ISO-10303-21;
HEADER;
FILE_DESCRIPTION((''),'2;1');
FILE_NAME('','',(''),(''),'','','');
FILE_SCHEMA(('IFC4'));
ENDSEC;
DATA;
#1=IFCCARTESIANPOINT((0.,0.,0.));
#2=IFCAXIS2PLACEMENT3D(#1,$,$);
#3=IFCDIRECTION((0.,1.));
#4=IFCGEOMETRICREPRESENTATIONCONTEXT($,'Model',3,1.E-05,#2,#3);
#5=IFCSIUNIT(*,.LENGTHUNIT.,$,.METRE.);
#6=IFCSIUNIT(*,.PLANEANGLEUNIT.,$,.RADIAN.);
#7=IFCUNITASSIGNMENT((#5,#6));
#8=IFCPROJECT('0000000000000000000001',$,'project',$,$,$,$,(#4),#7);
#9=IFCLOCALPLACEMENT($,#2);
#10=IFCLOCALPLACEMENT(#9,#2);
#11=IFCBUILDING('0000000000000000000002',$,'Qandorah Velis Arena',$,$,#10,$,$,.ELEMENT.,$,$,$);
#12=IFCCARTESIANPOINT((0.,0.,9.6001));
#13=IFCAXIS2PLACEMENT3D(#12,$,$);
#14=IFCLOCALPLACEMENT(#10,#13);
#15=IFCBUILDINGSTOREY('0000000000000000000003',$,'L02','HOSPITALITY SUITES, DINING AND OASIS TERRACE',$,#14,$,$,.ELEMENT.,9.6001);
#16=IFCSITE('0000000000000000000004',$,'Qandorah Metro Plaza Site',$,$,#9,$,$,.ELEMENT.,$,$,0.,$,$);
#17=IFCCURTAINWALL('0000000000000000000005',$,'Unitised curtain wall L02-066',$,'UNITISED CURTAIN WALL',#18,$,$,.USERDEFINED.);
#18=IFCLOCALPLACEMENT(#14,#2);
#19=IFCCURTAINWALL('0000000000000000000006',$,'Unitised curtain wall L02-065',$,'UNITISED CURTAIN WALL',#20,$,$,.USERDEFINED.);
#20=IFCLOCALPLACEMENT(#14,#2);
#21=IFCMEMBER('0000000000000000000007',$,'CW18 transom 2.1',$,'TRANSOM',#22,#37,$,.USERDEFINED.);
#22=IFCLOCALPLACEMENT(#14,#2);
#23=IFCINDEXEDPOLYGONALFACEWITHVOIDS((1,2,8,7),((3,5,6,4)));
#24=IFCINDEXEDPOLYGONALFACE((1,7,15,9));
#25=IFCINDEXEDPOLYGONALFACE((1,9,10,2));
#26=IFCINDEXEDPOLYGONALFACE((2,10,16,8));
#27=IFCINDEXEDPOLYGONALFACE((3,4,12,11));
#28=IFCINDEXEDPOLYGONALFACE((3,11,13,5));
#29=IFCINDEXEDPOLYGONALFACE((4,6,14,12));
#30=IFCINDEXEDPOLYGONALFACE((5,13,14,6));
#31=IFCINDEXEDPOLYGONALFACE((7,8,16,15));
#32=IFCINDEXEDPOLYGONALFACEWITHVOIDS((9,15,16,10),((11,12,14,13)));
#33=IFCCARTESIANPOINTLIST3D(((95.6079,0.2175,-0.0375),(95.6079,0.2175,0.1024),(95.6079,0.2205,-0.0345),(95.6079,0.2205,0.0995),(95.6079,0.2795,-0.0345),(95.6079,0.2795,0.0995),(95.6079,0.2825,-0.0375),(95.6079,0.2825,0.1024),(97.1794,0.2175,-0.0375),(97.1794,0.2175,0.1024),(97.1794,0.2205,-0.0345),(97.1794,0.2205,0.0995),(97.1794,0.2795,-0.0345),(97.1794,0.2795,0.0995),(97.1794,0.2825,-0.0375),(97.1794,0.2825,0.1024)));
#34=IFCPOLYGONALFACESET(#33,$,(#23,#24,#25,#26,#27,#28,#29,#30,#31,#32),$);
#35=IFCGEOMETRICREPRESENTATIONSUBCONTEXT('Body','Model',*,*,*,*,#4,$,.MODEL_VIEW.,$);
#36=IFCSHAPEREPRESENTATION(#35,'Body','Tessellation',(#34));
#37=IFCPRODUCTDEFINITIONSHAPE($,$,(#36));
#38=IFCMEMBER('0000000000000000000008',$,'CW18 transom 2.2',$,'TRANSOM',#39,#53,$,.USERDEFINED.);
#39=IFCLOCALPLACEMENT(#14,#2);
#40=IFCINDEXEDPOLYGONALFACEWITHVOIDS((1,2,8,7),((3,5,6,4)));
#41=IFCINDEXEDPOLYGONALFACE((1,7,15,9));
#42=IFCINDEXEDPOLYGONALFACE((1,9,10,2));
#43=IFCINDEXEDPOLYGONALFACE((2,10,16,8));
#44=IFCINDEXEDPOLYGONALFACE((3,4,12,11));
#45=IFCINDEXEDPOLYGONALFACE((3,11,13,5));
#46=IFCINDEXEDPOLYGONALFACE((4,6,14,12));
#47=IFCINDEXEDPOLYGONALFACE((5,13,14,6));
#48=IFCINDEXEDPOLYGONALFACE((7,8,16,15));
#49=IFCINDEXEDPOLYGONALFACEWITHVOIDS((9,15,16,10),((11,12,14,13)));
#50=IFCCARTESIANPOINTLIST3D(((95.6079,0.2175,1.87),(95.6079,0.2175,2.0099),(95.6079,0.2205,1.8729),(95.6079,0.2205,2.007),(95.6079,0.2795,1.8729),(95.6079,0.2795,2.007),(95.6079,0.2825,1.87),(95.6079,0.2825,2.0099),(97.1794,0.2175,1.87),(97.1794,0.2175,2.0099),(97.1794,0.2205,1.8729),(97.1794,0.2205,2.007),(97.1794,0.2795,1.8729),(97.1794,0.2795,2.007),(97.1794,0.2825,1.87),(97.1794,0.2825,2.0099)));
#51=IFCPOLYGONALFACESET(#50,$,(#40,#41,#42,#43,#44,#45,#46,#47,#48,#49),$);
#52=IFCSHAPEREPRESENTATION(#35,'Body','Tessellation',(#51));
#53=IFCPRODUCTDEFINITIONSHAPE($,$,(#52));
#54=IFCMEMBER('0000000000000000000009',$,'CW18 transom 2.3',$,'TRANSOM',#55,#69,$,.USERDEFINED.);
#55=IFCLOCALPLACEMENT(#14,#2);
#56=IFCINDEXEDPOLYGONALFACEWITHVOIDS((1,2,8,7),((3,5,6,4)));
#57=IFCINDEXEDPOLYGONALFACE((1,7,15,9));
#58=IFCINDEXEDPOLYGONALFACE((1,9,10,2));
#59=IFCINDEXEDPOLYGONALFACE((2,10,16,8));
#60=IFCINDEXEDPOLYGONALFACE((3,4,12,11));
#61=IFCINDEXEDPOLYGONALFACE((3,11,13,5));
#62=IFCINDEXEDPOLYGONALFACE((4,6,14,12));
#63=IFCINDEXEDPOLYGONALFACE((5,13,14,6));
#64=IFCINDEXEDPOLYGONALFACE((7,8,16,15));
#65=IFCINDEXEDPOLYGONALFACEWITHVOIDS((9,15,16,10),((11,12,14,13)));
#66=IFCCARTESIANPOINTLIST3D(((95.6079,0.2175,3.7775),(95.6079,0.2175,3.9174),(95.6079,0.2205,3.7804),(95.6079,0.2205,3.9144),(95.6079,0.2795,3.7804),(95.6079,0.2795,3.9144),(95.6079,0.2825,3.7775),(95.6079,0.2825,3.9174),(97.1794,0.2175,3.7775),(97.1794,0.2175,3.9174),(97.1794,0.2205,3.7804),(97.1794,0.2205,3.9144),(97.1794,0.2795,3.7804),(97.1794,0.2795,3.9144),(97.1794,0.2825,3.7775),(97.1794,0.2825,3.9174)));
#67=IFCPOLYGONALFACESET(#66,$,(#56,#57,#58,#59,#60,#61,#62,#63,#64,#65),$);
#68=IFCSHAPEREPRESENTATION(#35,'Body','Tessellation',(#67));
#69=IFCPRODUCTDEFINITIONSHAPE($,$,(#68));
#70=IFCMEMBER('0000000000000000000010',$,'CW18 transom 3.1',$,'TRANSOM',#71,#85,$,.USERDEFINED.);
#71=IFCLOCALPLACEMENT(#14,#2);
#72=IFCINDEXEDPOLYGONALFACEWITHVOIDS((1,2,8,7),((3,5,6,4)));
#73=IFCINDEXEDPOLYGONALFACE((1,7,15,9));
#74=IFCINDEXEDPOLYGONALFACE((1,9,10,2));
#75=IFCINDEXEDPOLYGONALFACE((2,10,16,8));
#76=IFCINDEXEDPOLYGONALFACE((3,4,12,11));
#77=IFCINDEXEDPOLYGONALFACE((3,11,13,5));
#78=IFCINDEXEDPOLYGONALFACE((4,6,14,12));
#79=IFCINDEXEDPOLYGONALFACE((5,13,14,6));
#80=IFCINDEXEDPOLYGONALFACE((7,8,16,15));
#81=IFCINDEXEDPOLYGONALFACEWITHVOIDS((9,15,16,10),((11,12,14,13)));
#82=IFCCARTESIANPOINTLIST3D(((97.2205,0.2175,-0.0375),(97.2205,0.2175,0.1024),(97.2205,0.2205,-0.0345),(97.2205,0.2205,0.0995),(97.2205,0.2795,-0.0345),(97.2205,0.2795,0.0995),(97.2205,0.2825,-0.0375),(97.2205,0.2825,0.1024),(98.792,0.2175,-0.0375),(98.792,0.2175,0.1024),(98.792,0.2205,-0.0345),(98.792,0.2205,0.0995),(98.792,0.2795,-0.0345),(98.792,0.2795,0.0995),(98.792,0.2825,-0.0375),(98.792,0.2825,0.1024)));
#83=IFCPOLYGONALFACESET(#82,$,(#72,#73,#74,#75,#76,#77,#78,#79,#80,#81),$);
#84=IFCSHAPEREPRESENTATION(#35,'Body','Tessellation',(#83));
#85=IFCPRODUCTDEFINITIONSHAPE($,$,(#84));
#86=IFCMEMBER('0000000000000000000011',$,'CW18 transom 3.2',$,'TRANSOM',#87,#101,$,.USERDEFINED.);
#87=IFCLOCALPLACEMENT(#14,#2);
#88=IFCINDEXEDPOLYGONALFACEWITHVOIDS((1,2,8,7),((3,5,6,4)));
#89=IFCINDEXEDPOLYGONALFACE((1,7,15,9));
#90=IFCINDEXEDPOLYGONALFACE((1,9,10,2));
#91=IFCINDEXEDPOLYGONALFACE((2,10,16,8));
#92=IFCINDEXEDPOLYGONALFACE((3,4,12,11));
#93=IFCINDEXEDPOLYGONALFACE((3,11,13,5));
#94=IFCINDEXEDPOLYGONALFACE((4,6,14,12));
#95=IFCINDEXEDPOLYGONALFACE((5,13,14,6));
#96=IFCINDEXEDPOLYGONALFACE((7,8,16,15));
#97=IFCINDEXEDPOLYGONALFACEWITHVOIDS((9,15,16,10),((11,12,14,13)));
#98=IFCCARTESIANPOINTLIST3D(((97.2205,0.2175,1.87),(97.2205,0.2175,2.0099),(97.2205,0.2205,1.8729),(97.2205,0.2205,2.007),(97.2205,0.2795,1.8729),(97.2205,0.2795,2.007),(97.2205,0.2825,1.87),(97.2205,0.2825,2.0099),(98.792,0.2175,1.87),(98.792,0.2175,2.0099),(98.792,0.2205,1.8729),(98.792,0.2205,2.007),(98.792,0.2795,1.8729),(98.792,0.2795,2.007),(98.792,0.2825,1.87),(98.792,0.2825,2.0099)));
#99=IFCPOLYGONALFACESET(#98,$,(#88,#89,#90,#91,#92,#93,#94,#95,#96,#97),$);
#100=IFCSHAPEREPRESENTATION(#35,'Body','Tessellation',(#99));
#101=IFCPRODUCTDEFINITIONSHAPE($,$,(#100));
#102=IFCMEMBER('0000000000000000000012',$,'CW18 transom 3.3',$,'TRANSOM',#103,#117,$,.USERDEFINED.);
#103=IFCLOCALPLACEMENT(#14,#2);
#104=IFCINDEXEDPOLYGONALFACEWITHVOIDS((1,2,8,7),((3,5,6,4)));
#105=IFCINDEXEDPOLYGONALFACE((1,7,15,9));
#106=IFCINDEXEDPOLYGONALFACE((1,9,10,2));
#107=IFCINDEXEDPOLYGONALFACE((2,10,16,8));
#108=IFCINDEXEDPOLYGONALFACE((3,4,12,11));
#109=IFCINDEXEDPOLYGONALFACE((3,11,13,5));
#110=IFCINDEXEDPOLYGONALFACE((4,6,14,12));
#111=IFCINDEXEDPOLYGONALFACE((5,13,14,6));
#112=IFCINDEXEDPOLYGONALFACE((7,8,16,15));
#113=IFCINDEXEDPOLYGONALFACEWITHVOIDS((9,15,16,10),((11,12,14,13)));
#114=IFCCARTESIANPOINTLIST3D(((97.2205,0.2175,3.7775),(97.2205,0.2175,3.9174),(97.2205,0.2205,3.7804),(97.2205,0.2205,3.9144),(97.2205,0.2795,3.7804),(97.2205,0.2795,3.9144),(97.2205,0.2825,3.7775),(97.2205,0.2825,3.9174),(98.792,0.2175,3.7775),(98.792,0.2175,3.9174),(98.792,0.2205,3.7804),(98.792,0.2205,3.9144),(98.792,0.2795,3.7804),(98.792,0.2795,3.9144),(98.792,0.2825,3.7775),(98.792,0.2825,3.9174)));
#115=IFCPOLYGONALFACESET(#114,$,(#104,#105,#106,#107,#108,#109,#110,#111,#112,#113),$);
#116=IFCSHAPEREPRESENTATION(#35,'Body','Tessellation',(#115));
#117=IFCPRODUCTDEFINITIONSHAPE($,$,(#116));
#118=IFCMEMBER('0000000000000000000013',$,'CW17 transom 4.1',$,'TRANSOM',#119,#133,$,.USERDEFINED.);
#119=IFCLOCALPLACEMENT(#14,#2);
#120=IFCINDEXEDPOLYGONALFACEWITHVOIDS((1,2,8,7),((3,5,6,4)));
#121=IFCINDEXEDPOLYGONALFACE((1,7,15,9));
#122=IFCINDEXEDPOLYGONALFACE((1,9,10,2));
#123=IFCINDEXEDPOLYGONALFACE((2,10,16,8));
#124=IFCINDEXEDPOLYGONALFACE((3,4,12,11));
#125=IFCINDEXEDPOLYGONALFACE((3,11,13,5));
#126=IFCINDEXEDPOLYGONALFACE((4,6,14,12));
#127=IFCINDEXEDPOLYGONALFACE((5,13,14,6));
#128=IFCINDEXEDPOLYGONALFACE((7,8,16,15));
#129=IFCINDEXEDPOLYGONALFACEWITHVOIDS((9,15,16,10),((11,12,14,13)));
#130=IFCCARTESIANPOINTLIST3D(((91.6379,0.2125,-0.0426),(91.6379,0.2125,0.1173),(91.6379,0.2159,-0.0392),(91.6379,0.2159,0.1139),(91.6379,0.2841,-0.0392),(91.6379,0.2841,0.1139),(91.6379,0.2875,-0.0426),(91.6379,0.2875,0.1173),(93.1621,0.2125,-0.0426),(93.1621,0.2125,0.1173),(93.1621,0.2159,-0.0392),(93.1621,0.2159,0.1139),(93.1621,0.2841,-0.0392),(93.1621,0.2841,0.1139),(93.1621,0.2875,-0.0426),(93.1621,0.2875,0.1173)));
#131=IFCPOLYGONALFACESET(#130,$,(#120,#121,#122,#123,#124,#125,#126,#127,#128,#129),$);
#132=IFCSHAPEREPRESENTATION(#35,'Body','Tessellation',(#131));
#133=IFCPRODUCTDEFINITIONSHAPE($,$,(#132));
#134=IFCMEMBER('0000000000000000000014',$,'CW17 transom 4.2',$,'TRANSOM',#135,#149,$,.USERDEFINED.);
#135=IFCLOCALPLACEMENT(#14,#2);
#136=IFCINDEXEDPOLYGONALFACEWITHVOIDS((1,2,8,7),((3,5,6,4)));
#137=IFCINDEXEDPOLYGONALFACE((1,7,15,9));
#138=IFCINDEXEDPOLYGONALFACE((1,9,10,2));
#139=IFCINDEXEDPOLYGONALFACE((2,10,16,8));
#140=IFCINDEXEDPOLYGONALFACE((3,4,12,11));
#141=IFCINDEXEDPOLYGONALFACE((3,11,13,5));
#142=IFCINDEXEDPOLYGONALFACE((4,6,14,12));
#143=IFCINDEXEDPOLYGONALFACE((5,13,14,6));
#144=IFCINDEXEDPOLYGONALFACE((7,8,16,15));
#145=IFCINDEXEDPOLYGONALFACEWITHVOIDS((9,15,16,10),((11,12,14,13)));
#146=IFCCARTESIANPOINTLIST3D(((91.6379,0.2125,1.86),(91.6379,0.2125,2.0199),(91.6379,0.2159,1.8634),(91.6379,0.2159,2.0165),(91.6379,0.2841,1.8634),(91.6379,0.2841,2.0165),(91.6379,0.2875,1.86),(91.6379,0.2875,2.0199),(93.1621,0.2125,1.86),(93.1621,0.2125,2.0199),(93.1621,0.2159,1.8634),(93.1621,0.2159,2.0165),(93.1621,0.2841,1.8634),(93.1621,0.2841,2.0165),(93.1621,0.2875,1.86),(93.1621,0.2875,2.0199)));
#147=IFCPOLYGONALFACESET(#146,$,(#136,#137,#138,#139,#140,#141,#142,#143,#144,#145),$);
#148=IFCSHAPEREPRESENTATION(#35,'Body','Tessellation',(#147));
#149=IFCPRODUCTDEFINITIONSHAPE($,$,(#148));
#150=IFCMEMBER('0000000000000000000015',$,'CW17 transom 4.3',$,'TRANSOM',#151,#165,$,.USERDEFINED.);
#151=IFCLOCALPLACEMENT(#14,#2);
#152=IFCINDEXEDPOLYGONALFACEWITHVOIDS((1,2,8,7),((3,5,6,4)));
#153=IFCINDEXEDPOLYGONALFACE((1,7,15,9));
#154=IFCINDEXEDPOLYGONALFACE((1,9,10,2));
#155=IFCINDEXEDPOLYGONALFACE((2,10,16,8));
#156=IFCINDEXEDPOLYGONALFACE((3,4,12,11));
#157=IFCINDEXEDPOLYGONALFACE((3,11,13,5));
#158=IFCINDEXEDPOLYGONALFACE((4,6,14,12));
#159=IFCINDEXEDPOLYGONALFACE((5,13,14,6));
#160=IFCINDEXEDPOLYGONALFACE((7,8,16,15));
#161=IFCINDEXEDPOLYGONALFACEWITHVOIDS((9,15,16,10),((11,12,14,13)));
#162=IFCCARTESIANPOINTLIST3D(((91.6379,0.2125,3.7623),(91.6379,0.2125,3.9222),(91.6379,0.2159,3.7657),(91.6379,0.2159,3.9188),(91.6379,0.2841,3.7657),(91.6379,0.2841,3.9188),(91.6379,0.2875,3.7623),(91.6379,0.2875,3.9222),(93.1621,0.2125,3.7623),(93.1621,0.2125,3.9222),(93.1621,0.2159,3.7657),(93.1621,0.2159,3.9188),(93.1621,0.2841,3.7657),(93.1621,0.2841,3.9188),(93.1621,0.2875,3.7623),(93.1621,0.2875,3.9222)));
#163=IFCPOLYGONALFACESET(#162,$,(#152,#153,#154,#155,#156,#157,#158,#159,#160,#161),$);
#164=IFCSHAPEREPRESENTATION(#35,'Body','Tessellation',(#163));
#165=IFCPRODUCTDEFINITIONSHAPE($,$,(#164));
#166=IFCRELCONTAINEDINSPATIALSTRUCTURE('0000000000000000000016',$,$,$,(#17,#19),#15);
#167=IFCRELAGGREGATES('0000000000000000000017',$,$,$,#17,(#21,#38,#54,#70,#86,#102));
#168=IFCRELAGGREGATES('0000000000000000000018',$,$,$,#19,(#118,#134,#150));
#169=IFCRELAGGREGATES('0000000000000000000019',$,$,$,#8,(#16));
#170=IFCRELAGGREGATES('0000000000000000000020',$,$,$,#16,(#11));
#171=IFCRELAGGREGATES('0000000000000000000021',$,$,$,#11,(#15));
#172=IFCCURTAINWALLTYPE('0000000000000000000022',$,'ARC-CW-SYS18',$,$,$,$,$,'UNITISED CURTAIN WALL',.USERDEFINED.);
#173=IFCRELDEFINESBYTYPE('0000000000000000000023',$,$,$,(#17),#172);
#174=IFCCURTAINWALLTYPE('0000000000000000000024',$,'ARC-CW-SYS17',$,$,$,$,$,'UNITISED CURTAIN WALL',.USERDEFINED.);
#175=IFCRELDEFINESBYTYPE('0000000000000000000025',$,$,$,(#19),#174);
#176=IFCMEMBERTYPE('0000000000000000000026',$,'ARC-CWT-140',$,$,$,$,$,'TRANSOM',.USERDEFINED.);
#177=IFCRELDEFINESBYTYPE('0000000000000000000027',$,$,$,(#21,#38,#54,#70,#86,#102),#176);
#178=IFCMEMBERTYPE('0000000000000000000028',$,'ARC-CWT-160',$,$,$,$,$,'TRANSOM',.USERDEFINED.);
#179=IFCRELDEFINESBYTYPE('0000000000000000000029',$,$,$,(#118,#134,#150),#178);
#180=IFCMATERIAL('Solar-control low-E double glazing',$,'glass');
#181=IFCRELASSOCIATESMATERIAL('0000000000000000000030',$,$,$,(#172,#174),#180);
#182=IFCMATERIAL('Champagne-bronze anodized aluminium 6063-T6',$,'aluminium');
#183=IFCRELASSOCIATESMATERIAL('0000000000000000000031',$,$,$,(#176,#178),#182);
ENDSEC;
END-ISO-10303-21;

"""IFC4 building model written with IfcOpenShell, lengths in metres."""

from ifc_helpers import new_model, si_unit, direction, frame, origin, origin_2d, place, context, subcontext, project, spatial, hollow_rectangle, extrude, material, material_profile, profile_set, type_object, element, aggregate, save


model = new_model("IFC4")

# Units and contexts
model_context = context("Model", 3, precision=1e-05, world=origin(), true_north=direction((0.0, 1.0)))
body_context = subcontext(model_context, "Body", "Model", "MODEL_VIEW")
ifc_project = project(units=[si_unit("LENGTHUNIT", "METRE"), si_unit("PLANEANGLEUNIT", "RADIAN")], contexts=[model_context])

# Site, building, storey
site_placement = place(None, origin())
site = spatial("IfcSite", under=ifc_project, at=site_placement, Name="Qandorah Metro Plaza Site", CompositionType="ELEMENT", RefElevation=0.0)
building_placement = place(site_placement, origin())
building = spatial("IfcBuilding", under=site, at=building_placement, Name="Qandorah Velis Arena", CompositionType="ELEMENT")
storey_placement = place(building_placement, frame((0.0, 0.0, 9.6001)))
storey = spatial("IfcBuildingStorey", under=building, at=storey_placement, Name="L02", Description="HOSPITALITY SUITES, DINING AND OASIS TERRACE", CompositionType="ELEMENT", Elevation=9.6001)

# Curtain walls
ifc_material_1 = material(Name="Solar-control low-E double glazing", Category="glass")
curtain_wall_type_1 = type_object("IfcCurtainWallType", Name="ARC-CW-SYS18", ElementType="UNITISED CURTAIN WALL", PredefinedType="USERDEFINED", material=ifc_material_1)
curtain_wall_1_placement = place(storey_placement, origin())
curtain_wall_1 = element("IfcCurtainWall", 1, at=curtain_wall_1_placement, inside=storey, type_object=curtain_wall_type_1, Name="Unitised curtain wall L02-066", ObjectType="UNITISED CURTAIN WALL", PredefinedType="USERDEFINED")
ifc_material_2 = material(Name="Champagne-bronze anodized aluminium 6063-T6", Category="aluminium")
curtain_wall_type_2 = type_object("IfcCurtainWallType", Name="ARC-CW-SYS17", ElementType="UNITISED CURTAIN WALL", PredefinedType="USERDEFINED", material=ifc_material_1)
curtain_wall_2_placement = place(storey_placement, origin())
curtain_wall_2 = element("IfcCurtainWall", 2, at=curtain_wall_2_placement, inside=storey, type_object=curtain_wall_type_2, Name="Unitised curtain wall L02-065", ObjectType="UNITISED CURTAIN WALL", PredefinedType="USERDEFINED")

# Members
ifc_material_profile_1 = material_profile(ifc_material_2, hollow_rectangle(XDim=0.0649, YDim=0.1399, WallThickness=0.0029, at=origin_2d()), Name="ALU TRANSOM 65x140")
ifc_profile_set_1 = profile_set([ifc_material_profile_1], Name="Champagne-bronze anodized aluminium 6063-T6")
member_type_1 = type_object("IfcMemberType", Name="ARC-CWT-140", ElementType="TRANSOM", PredefinedType="USERDEFINED", material=ifc_profile_set_1)
member_1_placement = place(storey_placement, frame((95.6079, 0.25, 0.0325), z_axis=(1.0, 0.0, 0.0), x_axis=(0.0, 1.0, 0.0)))
member_1 = element("IfcMember", 3, at=member_1_placement, type_object=member_type_1, Name="CW18 transom 2.1", ObjectType="TRANSOM", PredefinedType="USERDEFINED", context=body_context, shape_type="SweptSolid", body=[
    extrude(hollow_rectangle(XDim=0.0649, YDim=0.1399, WallThickness=0.0029, at=origin_2d()), origin(), (0.0, 0.0, 1.0), 1.5715),
])
member_2_placement = place(storey_placement, frame((95.6079, 0.25, 1.9399), z_axis=(1.0, 0.0, 0.0), x_axis=(0.0, 1.0, 0.0)))
member_2 = element("IfcMember", 4, at=member_2_placement, type_object=member_type_1, Name="CW18 transom 2.2", ObjectType="TRANSOM", PredefinedType="USERDEFINED", context=body_context, shape_type="SweptSolid", body=[
    extrude(hollow_rectangle(XDim=0.0649, YDim=0.1399, WallThickness=0.0029, at=origin_2d()), origin(), (0.0, 0.0, 1.0), 1.5715),
])
member_3_placement = place(storey_placement, frame((95.6079, 0.25, 3.8474), z_axis=(1.0, 0.0, 0.0), x_axis=(0.0, 1.0, 0.0)))
member_3 = element("IfcMember", 5, at=member_3_placement, type_object=member_type_1, Name="CW18 transom 2.3", ObjectType="TRANSOM", PredefinedType="USERDEFINED", context=body_context, shape_type="SweptSolid", body=[
    extrude(hollow_rectangle(XDim=0.0649, YDim=0.1399, WallThickness=0.0029, at=origin_2d()), origin(), (0.0, 0.0, 1.0), 1.5715),
])
member_4_placement = place(storey_placement, frame((97.2205, 0.25, 0.0325), z_axis=(1.0, 0.0, 0.0), x_axis=(0.0, 1.0, 0.0)))
member_4 = element("IfcMember", 6, at=member_4_placement, type_object=member_type_1, Name="CW18 transom 3.1", ObjectType="TRANSOM", PredefinedType="USERDEFINED", context=body_context, shape_type="SweptSolid", body=[
    extrude(hollow_rectangle(XDim=0.0649, YDim=0.1399, WallThickness=0.0029, at=origin_2d()), origin(), (0.0, 0.0, 1.0), 1.5715),
])
member_5_placement = place(storey_placement, frame((97.2205, 0.25, 1.9399), z_axis=(1.0, 0.0, 0.0), x_axis=(0.0, 1.0, 0.0)))
member_5 = element("IfcMember", 7, at=member_5_placement, type_object=member_type_1, Name="CW18 transom 3.2", ObjectType="TRANSOM", PredefinedType="USERDEFINED", context=body_context, shape_type="SweptSolid", body=[
    extrude(hollow_rectangle(XDim=0.0649, YDim=0.1399, WallThickness=0.0029, at=origin_2d()), origin(), (0.0, 0.0, 1.0), 1.5715),
])
member_6_placement = place(storey_placement, frame((97.2205, 0.25, 3.8474), z_axis=(1.0, 0.0, 0.0), x_axis=(0.0, 1.0, 0.0)))
member_6 = element("IfcMember", 8, at=member_6_placement, type_object=member_type_1, Name="CW18 transom 3.3", ObjectType="TRANSOM", PredefinedType="USERDEFINED", context=body_context, shape_type="SweptSolid", body=[
    extrude(hollow_rectangle(XDim=0.0649, YDim=0.1399, WallThickness=0.0029, at=origin_2d()), origin(), (0.0, 0.0, 1.0), 1.5715),
])
ifc_material_profile_2 = material_profile(ifc_material_2, hollow_rectangle(XDim=0.075, YDim=0.1599, WallThickness=0.0034, at=origin_2d()), Name="ALU TRANSOM 75x160")
ifc_profile_set_2 = profile_set([ifc_material_profile_2], Name="Champagne-bronze anodized aluminium 6063-T6")
member_type_2 = type_object("IfcMemberType", Name="ARC-CWT-160", ElementType="TRANSOM", PredefinedType="USERDEFINED", material=ifc_profile_set_2)
member_7_placement = place(storey_placement, frame((91.6379, 0.25, 0.0374), z_axis=(1.0, 0.0, 0.0), x_axis=(0.0, 1.0, 0.0)))
member_7 = element("IfcMember", 9, at=member_7_placement, type_object=member_type_2, Name="CW17 transom 4.1", ObjectType="TRANSOM", PredefinedType="USERDEFINED", context=body_context, shape_type="SweptSolid", body=[
    extrude(hollow_rectangle(XDim=0.075, YDim=0.1599, WallThickness=0.0034, at=origin_2d()), origin(), (0.0, 0.0, 1.0), 1.5242),
])
member_8_placement = place(storey_placement, frame((91.6379, 0.25, 1.9399), z_axis=(1.0, 0.0, 0.0), x_axis=(0.0, 1.0, 0.0)))
member_8 = element("IfcMember", 10, at=member_8_placement, type_object=member_type_2, Name="CW17 transom 4.2", ObjectType="TRANSOM", PredefinedType="USERDEFINED", context=body_context, shape_type="SweptSolid", body=[
    extrude(hollow_rectangle(XDim=0.075, YDim=0.1599, WallThickness=0.0034, at=origin_2d()), origin(), (0.0, 0.0, 1.0), 1.5242),
])
member_9_placement = place(storey_placement, frame((91.6379, 0.25, 3.8423), z_axis=(1.0, 0.0, 0.0), x_axis=(0.0, 1.0, 0.0)))
member_9 = element("IfcMember", 11, at=member_9_placement, type_object=member_type_2, Name="CW17 transom 4.3", ObjectType="TRANSOM", PredefinedType="USERDEFINED", context=body_context, shape_type="SweptSolid", body=[
    extrude(hollow_rectangle(XDim=0.075, YDim=0.1599, WallThickness=0.0034, at=origin_2d()), origin(), (0.0, 0.0, 1.0), 1.5242),
])

aggregate(curtain_wall_1, [member_1, member_2, member_3, member_4, member_5, member_6])
aggregate(curtain_wall_2, [member_7, member_8, member_9])

save(model, "model.ifc")
